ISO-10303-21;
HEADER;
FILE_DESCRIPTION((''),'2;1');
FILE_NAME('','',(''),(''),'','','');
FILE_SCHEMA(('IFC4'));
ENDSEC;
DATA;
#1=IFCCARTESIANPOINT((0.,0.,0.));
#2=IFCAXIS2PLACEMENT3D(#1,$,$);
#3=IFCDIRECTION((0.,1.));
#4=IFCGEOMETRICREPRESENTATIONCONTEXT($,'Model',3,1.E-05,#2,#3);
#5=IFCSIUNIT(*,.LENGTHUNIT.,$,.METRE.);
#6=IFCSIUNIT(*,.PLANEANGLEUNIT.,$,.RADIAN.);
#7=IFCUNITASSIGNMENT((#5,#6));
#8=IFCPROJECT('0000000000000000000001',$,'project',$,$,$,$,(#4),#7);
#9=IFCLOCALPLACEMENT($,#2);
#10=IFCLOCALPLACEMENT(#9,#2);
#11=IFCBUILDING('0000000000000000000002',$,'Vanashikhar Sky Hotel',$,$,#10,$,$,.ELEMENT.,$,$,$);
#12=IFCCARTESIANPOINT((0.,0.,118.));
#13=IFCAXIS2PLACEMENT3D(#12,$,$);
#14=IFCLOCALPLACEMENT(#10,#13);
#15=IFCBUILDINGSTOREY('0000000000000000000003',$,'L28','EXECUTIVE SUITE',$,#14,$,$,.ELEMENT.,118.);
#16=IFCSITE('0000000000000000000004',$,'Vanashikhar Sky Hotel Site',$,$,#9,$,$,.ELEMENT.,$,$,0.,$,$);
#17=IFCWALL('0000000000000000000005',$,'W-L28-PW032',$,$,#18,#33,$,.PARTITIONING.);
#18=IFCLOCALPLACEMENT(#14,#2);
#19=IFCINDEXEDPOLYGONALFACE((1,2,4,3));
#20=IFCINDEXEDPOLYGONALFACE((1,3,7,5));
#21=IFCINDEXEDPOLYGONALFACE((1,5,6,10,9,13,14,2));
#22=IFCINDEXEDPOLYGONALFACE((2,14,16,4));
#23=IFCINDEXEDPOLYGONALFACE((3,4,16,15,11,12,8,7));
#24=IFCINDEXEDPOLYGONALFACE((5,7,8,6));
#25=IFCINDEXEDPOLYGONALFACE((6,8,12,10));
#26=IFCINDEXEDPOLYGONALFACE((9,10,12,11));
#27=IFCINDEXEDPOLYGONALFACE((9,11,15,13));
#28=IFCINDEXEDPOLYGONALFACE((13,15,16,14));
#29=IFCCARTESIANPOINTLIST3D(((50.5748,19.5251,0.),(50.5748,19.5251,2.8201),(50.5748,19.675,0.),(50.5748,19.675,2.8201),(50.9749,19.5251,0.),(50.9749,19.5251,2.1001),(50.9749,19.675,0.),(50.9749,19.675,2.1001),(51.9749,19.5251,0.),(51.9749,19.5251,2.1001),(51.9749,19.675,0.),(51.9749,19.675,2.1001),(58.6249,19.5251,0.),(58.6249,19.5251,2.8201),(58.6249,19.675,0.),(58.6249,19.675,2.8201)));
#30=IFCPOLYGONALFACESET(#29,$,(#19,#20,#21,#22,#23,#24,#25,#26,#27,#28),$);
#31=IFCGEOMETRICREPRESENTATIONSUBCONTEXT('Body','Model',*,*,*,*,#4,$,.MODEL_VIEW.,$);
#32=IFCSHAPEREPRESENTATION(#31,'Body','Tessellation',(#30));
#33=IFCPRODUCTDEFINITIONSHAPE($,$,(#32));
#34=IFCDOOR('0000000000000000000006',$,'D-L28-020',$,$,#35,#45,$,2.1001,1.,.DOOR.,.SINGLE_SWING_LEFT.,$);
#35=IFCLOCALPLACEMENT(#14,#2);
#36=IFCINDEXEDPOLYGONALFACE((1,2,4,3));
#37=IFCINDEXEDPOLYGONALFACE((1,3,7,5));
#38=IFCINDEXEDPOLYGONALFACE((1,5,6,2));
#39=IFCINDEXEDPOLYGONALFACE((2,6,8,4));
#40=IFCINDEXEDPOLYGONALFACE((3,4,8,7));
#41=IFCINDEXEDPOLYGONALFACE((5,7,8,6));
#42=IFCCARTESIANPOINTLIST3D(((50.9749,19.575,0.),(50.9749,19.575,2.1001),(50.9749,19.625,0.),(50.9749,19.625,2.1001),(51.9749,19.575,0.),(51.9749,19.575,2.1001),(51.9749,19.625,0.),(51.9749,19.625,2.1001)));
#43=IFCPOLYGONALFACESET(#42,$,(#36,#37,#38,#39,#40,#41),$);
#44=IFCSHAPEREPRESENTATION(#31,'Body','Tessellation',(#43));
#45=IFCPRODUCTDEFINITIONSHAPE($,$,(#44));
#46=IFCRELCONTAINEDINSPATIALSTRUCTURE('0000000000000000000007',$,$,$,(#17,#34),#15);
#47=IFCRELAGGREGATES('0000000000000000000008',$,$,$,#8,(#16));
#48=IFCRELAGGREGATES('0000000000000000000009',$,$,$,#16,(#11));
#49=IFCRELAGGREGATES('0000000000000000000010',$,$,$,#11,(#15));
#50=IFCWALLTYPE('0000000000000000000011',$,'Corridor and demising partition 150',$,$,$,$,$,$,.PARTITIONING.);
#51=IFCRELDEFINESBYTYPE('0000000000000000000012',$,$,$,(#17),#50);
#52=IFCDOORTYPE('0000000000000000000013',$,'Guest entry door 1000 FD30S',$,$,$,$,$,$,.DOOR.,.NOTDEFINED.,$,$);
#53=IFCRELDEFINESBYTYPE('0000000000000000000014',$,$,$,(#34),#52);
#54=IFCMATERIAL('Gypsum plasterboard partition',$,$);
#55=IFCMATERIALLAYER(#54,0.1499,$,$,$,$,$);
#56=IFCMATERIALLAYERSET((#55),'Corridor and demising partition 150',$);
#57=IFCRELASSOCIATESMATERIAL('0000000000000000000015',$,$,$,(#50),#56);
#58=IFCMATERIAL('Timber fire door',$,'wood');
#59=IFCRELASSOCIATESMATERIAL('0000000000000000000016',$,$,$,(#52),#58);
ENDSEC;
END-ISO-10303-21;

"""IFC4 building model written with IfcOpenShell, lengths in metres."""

from ifc_helpers import new_model, si_unit, direction, frame, frame_2d, origin, place, context, subcontext, project, spatial, rectangle, extrude, source, transform, mapped, material, layer, layer_set, type_object, element, fill, save


model = new_model("IFC4")

# Units and contexts
model_context = context("Model", 3, precision=1e-05, world=origin(), true_north=direction((0.0, 1.0)))
body_context = subcontext(model_context, "Body", "Model", "MODEL_VIEW")
ifc_project = project(units=[si_unit("LENGTHUNIT", "METRE"), si_unit("PLANEANGLEUNIT", "RADIAN")], contexts=[model_context])

# Site, building, storey
site_placement = place(None, origin())
site = spatial("IfcSite", under=ifc_project, at=site_placement, Name="Vanashikhar Sky Hotel Site", CompositionType="ELEMENT", RefElevation=0.0)
building_placement = place(site_placement, origin())
building = spatial("IfcBuilding", under=site, at=building_placement, Name="Vanashikhar Sky Hotel", CompositionType="ELEMENT")
storey_placement = place(building_placement, frame((0.0, 0.0, 118.0)))
storey = spatial("IfcBuildingStorey", under=building, at=storey_placement, Name="L28", Description="EXECUTIVE SUITE", CompositionType="ELEMENT", Elevation=118.0)

# Shared definitions
shared_shape_1 = source(origin(), body_context, "Body", "SweptSolid", [
    extrude(rectangle(XDim=1.0, YDim=2.1001, at=frame_2d((0.5, 1.05))), frame((0.0, 0.0249, 0.0), z_axis=(0.0, -1.0, 0.0), x_axis=(1.0, 0.0, 0.0)), (0.0, 0.0, 1.0), 0.05),
])

# Wall, opening, door
ifc_material_1 = material(Name="Gypsum plasterboard partition")
ifc_layer_1 = layer(ifc_material_1, 0.1499)
ifc_layer_set_1 = layer_set([ifc_layer_1], Name="Corridor and demising partition 150")
wall_type_1 = type_object("IfcWallType", Name="Corridor and demising partition 150", PredefinedType="PARTITIONING", material=ifc_layer_set_1)
shared_shape_2 = source(origin(), body_context, "Body", "SweptSolid", [
    extrude(rectangle(XDim=8.05, YDim=0.1499, at=frame_2d((4.0249, 0.0))), origin(), (0.0, 0.0, 1.0), 2.8201),
])
wall_1_placement = place(storey_placement, frame((50.575, 19.6001, 0.0), z_axis=(0.0, 0.0, 1.0), x_axis=(1.0, 0.0, 0.0)))
wall_1 = element("IfcWall", 1, at=wall_1_placement, inside=storey, type_object=wall_type_1, Name="W-L28-PW032", PredefinedType="PARTITIONING", context=body_context, shape_type="MappedRepresentation", body=[
    mapped(shared_shape_2, transform((0.0, 0.0, 0.0), scale=1.0)),
])
shared_shape_3 = source(origin(), body_context, "Body", "SweptSolid", [
    extrude(rectangle(XDim=1.0, YDim=2.1001, at=frame_2d((0.5, 1.05))), frame((0.0, 0.085, 0.0), z_axis=(0.0, -1.0, 0.0), x_axis=(1.0, 0.0, 0.0)), (0.0, 0.0, 1.0), 0.1699),
])
opening_1_placement = place(wall_1_placement, frame((0.3999, 0.0, 0.0)))
opening_1 = element("IfcOpeningElement", 2, at=opening_1_placement, cuts=wall_1, PredefinedType="OPENING", context=body_context, shape_type="MappedRepresentation", body=[
    mapped(shared_shape_3, transform((0.0, 0.0, 0.0), scale=1.0)),
])
ifc_material_2 = material(Name="Timber fire door", Category="wood")
door_type_1 = type_object("IfcDoorType", Name="Guest entry door 1000 FD30S", OperationType="NOTDEFINED", PredefinedType="DOOR", material=ifc_material_2)
door_1_placement = place(opening_1_placement, origin())
door_1 = element("IfcDoor", 3, at=door_1_placement, inside=storey, type_object=door_type_1, Name="D-L28-020", OperationType="SINGLE_SWING_LEFT", OverallHeight=2.1001, OverallWidth=1.0, PredefinedType="DOOR", context=body_context, shape_type="MappedRepresentation", body=[
    mapped(shared_shape_1, transform((0.0, 0.0, 0.0), scale=1.0)),
])
fill(opening_1, door_1)

save(model, "model.ifc")
